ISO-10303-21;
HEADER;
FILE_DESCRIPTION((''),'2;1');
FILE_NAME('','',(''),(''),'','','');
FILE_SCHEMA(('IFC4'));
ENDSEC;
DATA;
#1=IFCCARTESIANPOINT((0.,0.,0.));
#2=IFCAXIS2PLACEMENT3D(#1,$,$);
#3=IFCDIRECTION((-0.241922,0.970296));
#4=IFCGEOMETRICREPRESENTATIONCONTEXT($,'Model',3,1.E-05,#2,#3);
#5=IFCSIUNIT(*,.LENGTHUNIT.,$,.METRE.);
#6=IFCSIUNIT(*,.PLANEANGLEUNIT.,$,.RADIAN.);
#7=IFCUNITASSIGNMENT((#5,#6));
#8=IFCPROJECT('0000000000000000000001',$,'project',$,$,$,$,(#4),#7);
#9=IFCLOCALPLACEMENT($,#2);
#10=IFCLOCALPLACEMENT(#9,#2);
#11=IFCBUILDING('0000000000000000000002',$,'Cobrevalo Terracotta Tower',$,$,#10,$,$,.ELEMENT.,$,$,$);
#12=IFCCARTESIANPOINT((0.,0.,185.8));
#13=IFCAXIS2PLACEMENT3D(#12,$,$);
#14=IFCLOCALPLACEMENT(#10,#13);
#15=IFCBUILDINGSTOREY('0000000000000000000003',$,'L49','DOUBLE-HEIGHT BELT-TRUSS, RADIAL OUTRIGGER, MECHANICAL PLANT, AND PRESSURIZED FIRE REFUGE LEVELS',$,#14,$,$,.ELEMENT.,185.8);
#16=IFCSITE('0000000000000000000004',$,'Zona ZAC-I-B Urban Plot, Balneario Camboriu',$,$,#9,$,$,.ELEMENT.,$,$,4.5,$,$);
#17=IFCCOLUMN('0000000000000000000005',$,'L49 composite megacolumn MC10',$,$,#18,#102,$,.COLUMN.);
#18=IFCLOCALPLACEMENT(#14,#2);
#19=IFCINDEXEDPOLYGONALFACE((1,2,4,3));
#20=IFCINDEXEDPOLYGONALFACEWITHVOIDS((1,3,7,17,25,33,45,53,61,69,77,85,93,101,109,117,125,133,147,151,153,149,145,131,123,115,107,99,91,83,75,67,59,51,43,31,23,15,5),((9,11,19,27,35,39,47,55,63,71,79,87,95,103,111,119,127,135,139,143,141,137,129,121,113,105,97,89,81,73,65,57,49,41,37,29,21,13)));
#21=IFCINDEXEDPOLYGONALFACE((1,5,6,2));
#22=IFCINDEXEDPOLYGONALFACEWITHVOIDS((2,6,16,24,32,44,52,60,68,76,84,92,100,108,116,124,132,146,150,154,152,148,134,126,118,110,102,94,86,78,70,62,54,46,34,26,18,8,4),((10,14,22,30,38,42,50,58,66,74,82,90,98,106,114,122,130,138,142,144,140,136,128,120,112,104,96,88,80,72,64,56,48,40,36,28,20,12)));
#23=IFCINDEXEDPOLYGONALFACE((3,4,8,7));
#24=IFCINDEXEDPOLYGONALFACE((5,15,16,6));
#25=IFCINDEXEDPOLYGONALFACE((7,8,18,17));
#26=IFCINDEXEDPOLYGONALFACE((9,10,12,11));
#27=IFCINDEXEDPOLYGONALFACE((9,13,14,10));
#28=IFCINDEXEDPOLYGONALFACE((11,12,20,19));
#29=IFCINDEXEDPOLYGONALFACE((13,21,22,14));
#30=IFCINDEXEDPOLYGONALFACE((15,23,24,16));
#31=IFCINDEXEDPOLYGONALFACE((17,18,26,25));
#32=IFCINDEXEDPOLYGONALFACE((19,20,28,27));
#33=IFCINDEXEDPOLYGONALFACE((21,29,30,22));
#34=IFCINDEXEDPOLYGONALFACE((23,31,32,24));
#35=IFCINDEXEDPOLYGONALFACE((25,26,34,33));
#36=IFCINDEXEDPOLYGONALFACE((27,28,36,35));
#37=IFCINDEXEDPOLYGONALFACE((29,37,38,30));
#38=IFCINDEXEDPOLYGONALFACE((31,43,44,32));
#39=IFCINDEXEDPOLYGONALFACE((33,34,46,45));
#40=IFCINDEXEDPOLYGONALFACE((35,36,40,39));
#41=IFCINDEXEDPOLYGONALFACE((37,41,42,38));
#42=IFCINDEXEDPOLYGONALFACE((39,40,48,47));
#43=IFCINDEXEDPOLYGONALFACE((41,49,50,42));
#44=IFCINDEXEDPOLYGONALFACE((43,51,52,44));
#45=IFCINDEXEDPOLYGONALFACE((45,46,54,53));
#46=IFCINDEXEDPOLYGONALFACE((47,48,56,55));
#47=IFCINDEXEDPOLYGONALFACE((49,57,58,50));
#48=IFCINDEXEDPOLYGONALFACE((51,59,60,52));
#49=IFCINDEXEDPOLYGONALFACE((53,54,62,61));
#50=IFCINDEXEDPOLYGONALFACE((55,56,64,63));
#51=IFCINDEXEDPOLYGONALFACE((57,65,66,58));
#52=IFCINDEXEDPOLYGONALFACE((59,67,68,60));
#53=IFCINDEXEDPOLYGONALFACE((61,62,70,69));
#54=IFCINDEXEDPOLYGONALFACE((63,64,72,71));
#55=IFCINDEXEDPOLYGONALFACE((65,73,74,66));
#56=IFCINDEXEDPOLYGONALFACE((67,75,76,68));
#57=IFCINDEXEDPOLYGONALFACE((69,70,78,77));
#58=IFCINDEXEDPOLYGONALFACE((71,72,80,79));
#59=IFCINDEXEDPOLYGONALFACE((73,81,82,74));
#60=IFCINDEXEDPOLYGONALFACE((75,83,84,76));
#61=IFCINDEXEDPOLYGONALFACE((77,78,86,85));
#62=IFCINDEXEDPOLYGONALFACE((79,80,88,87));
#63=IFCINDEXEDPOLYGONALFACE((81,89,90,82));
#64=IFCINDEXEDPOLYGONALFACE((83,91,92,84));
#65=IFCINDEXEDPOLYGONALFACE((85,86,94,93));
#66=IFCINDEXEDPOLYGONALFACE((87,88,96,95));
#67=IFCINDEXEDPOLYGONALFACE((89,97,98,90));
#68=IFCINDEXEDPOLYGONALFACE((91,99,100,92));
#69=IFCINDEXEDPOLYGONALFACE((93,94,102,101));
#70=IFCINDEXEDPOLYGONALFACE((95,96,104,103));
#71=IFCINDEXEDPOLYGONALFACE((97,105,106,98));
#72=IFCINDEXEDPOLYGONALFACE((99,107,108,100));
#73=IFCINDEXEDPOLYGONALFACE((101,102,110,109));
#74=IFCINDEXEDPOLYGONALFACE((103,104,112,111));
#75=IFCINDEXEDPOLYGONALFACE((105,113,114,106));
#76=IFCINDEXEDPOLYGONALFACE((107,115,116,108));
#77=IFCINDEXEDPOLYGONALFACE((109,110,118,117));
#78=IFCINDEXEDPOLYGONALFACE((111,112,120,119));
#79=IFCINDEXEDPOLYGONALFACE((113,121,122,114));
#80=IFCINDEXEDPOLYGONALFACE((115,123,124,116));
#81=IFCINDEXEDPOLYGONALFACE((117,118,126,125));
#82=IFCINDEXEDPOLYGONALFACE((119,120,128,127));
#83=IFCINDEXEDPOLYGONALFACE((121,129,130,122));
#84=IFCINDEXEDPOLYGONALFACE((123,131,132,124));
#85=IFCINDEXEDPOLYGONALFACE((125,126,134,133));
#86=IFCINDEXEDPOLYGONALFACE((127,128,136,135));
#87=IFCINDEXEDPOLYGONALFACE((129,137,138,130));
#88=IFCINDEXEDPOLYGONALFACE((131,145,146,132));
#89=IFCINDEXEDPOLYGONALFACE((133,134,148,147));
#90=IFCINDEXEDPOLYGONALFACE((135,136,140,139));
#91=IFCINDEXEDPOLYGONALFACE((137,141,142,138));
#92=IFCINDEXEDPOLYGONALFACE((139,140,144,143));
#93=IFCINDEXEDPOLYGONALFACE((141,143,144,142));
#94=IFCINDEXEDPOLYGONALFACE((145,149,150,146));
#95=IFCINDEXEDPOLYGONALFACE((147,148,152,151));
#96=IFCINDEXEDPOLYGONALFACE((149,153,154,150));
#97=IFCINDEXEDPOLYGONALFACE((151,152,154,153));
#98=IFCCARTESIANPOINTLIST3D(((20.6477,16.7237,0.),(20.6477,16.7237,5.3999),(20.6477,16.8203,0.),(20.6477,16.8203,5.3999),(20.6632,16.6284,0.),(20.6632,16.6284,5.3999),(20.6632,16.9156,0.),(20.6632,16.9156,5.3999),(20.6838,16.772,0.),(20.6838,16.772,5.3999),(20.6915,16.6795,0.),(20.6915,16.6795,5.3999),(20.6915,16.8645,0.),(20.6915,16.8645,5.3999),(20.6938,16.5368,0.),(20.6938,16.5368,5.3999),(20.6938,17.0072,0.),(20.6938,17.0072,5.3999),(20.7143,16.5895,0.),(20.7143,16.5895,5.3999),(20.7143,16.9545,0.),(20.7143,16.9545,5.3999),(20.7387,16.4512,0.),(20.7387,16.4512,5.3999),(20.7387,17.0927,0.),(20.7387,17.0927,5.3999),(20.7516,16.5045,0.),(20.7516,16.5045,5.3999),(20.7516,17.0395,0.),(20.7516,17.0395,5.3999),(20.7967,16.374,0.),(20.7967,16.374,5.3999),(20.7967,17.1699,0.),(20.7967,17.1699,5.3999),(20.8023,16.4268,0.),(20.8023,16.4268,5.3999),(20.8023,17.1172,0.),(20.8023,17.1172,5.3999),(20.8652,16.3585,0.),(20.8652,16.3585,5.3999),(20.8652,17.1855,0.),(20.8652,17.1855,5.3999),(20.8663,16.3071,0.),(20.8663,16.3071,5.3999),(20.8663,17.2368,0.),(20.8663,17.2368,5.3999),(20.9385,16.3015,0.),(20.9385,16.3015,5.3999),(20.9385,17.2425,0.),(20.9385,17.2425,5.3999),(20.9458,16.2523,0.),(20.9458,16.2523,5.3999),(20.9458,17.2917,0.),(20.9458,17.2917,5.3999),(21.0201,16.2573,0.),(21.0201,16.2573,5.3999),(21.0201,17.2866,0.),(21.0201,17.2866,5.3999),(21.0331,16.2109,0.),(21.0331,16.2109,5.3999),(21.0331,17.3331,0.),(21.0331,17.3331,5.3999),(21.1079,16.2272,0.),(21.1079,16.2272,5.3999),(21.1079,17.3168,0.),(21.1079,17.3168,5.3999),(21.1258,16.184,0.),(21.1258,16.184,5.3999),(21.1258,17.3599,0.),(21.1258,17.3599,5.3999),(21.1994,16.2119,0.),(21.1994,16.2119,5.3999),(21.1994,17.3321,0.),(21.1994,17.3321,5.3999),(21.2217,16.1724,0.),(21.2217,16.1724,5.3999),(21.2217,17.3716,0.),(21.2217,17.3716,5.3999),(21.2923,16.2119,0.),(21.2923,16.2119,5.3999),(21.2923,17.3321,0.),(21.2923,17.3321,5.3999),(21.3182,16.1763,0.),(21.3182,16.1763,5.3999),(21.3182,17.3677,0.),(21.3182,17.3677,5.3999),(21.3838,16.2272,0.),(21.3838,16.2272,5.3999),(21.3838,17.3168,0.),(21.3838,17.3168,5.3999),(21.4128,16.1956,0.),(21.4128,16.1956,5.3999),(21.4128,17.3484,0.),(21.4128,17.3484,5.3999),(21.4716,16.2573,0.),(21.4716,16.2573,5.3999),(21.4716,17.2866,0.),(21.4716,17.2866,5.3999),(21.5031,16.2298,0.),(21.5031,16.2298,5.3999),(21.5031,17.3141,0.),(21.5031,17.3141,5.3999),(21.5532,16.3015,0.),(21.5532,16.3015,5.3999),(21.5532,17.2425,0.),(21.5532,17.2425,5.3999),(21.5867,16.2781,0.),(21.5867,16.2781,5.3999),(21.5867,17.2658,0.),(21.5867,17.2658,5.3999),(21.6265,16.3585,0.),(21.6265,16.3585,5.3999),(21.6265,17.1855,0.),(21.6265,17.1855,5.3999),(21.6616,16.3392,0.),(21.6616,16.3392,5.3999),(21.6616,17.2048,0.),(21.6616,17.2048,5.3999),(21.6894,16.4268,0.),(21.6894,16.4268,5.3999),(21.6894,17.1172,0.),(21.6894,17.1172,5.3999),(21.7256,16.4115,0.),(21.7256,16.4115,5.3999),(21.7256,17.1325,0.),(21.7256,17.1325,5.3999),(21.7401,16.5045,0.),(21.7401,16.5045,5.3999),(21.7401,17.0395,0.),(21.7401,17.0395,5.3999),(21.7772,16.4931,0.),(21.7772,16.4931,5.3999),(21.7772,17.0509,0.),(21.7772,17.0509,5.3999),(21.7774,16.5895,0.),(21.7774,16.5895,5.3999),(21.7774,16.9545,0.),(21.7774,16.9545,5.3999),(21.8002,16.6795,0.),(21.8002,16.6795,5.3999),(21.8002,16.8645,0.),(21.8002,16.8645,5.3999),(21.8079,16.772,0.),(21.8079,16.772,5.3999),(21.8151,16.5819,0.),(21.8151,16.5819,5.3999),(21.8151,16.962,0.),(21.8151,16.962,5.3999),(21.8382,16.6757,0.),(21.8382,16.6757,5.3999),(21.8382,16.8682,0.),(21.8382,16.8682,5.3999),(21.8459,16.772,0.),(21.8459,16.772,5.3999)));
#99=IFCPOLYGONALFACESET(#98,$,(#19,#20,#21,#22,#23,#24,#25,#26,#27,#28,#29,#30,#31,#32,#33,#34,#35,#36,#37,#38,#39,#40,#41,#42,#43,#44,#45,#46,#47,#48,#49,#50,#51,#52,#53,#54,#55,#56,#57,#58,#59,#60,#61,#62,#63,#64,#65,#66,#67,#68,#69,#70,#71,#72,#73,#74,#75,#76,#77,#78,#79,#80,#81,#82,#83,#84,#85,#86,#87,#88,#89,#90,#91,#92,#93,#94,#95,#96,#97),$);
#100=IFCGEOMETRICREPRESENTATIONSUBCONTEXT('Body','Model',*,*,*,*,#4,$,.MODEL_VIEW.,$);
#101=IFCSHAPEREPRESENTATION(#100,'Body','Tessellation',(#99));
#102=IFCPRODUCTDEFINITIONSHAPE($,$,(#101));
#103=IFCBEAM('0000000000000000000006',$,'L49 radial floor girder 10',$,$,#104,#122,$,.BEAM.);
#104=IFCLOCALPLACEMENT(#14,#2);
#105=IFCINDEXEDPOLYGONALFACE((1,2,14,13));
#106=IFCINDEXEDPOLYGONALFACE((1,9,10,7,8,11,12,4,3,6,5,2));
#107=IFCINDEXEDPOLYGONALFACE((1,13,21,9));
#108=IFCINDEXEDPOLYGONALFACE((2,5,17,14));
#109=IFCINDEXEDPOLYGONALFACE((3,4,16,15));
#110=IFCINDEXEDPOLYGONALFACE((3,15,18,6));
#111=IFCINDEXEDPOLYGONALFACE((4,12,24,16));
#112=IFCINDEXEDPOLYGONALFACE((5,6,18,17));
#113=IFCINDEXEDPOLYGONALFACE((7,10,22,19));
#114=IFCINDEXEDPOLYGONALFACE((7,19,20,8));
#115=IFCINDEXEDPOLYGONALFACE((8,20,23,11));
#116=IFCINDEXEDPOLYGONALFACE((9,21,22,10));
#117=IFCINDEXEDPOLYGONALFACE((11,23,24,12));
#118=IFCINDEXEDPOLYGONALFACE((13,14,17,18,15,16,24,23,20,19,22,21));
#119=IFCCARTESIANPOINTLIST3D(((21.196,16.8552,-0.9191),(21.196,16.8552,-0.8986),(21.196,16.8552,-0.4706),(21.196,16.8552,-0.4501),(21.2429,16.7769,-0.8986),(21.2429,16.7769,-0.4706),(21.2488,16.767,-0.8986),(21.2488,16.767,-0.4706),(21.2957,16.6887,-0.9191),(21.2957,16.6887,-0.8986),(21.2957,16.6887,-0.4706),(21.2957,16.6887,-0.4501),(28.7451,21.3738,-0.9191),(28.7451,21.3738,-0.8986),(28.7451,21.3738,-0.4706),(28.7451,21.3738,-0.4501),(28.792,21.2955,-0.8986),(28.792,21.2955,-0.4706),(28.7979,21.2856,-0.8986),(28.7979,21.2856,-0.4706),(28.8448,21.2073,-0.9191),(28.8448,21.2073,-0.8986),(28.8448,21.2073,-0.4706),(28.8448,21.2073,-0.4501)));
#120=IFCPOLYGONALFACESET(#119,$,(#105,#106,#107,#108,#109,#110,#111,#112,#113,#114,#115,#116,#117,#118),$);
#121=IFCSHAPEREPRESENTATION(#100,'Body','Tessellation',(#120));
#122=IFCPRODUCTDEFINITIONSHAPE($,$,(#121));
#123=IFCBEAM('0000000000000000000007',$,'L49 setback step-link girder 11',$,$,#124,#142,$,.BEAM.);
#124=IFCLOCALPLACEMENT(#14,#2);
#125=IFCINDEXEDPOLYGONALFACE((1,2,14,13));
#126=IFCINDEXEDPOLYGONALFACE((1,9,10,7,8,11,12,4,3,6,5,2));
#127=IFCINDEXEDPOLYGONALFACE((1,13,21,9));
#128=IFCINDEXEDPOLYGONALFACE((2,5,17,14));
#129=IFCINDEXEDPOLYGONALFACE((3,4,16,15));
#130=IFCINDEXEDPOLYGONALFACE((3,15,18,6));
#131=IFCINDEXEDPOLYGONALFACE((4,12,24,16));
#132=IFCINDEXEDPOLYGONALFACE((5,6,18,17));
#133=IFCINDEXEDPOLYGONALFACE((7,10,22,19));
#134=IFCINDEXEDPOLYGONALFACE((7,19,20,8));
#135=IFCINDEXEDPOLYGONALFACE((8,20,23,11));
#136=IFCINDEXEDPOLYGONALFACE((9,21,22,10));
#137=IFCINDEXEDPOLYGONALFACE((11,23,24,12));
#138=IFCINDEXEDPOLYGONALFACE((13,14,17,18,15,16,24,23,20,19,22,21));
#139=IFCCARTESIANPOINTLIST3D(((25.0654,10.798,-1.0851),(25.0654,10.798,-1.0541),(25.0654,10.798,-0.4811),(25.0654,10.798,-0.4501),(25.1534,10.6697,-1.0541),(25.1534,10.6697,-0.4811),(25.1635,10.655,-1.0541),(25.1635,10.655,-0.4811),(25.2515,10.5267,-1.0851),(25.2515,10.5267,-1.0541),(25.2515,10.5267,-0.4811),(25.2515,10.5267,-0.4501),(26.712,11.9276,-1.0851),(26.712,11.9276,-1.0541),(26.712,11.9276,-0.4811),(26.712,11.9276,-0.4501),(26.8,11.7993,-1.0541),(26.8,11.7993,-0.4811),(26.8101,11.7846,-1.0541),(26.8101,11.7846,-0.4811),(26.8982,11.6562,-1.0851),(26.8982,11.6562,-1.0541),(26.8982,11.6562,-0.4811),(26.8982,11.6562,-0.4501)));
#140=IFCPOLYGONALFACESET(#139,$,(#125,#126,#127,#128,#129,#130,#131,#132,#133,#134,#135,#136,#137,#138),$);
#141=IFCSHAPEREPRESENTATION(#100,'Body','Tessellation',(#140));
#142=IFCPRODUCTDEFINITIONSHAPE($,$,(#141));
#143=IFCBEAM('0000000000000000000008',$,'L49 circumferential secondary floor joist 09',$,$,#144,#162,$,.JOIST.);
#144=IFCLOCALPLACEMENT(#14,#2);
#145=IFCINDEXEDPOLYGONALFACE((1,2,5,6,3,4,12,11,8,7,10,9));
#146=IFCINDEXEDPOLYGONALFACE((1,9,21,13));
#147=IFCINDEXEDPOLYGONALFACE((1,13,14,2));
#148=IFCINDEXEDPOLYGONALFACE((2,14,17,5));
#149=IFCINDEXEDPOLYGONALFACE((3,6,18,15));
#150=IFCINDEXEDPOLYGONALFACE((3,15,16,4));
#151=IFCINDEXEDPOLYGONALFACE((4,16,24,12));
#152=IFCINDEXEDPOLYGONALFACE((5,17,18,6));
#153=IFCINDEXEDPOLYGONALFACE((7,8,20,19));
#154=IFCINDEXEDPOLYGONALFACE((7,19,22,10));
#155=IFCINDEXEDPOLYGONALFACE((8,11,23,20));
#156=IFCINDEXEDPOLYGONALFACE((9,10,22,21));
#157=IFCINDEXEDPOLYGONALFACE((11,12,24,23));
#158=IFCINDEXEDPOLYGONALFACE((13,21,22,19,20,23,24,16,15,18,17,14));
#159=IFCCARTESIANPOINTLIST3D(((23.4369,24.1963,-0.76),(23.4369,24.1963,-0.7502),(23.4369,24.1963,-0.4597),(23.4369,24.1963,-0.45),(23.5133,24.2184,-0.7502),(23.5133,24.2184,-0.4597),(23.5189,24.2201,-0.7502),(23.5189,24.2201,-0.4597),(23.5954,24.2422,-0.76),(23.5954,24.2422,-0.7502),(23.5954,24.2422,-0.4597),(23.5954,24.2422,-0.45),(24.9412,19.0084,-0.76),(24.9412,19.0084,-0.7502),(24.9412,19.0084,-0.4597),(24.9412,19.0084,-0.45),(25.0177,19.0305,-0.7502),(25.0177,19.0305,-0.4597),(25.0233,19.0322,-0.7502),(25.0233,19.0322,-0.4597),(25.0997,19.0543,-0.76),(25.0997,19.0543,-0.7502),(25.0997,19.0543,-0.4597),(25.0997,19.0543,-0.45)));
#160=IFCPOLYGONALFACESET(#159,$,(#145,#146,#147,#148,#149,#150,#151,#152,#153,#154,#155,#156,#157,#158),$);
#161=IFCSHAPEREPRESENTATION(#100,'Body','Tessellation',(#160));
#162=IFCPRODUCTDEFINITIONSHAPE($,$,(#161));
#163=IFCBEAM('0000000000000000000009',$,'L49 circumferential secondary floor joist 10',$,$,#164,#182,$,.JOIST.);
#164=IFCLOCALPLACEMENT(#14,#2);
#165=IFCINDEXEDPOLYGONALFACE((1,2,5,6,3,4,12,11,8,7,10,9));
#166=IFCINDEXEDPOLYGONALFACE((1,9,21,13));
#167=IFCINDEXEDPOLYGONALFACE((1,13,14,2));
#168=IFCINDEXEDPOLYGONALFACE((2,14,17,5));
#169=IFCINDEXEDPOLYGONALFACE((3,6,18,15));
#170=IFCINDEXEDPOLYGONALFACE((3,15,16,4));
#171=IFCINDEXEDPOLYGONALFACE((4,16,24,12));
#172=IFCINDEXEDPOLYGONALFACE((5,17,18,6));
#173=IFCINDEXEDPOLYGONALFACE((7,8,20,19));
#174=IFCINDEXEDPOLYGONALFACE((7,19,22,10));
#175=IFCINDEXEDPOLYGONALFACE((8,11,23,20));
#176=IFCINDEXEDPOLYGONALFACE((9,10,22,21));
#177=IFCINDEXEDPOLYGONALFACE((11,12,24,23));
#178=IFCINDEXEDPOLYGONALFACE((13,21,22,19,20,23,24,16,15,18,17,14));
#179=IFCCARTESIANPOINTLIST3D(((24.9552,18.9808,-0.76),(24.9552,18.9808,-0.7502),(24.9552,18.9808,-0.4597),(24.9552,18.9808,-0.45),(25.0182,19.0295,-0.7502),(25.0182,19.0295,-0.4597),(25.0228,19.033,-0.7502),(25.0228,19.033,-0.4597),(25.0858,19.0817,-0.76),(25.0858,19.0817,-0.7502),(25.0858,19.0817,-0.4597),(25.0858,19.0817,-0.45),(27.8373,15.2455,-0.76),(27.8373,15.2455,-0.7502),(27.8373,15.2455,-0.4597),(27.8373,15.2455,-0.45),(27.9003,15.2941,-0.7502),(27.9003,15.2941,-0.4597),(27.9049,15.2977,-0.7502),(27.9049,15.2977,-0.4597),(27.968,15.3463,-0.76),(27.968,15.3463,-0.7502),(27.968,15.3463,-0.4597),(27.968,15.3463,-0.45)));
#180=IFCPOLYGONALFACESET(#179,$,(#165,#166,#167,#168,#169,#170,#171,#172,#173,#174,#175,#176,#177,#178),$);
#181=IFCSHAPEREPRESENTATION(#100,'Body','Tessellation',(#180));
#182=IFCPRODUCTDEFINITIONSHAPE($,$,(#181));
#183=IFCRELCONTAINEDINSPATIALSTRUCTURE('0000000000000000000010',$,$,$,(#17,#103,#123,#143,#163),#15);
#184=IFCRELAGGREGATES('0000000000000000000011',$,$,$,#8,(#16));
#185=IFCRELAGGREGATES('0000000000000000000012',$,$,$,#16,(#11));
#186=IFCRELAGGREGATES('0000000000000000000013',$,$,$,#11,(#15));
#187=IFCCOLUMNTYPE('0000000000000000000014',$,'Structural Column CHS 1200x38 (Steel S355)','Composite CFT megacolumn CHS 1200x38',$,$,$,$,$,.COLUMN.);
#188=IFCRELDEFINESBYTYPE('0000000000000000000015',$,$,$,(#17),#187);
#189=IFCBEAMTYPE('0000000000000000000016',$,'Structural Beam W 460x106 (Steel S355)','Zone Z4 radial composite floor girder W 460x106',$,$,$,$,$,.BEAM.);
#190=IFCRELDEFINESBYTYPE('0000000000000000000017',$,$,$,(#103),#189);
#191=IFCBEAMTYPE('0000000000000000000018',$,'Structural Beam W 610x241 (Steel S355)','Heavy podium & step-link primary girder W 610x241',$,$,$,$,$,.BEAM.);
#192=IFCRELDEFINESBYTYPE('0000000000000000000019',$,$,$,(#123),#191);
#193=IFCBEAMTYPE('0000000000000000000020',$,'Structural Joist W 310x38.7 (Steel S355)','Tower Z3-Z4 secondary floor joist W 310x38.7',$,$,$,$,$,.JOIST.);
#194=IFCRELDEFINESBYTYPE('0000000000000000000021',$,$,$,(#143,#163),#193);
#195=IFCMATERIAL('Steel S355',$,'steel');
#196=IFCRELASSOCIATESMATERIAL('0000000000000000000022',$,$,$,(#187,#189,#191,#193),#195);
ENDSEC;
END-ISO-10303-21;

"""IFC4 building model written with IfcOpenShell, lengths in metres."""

from ifc_helpers import new_model, si_unit, direction, frame, origin, origin_2d, place, context, subcontext, project, spatial, hollow_circle, i_section, extrude, material, material_profile, profile_set, type_object, element, save


model = new_model("IFC4")

# Units and contexts
model_context = context("Model", 3, precision=1e-05, world=origin(), true_north=direction((-0.241922, 0.970296)))
body_context = subcontext(model_context, "Body", "Model", "MODEL_VIEW")
ifc_project = project(units=[si_unit("LENGTHUNIT", "METRE"), si_unit("PLANEANGLEUNIT", "RADIAN")], contexts=[model_context])

# Site, building, storey
site_placement = place(None, origin())
site = spatial("IfcSite", under=ifc_project, at=site_placement, Name="Zona ZAC-I-B Urban Plot, Balneario Camboriu", CompositionType="ELEMENT", RefElevation=4.5)
building_placement = place(site_placement, origin())
building = spatial("IfcBuilding", under=site, at=building_placement, Name="Cobrevalo Terracotta Tower", CompositionType="ELEMENT")
storey_placement = place(building_placement, frame((0.0, 0.0, 185.8)))
storey = spatial("IfcBuildingStorey", under=building, at=storey_placement, Name="L49", Description="DOUBLE-HEIGHT BELT-TRUSS, RADIAL OUTRIGGER, MECHANICAL PLANT, AND PRESSURIZED FIRE REFUGE LEVELS", CompositionType="ELEMENT", Elevation=185.8)

# Column
ifc_material_1 = material(Name="Steel S355", Category="steel")
ifc_material_profile_1 = material_profile(ifc_material_1, hollow_circle(Radius=0.6001, WallThickness=0.0381, at=origin_2d()), Name="CHS 1200x38")
ifc_profile_set_1 = profile_set([ifc_material_profile_1], Name="Steel S355")
column_type = type_object("IfcColumnType", Name="Structural Column CHS 1200x38 (Steel S355)", Description="Composite CFT megacolumn CHS 1200x38", PredefinedType="COLUMN", material=ifc_profile_set_1)
column_placement = place(storey_placement, frame((21.2458, 16.772, 0.0), z_axis=(0.0, 0.0, 1.0), x_axis=(1.0, 0.0, 0.0)))
element("IfcColumn", 1, at=column_placement, inside=storey, type_object=column_type, Name="L49 composite megacolumn MC10", PredefinedType="COLUMN", context=body_context, shape_type="SweptSolid", body=[
    extrude(hollow_circle(Radius=0.6001, WallThickness=0.0381, at=origin_2d()), origin(), (0.0, 0.0, 1.0), 5.3999),
])

# Beams
ifc_material_profile_2 = material_profile(ifc_material_1, i_section(OverallWidth=0.1941, OverallDepth=0.469, WebThickness=0.0115, FlangeThickness=0.0205, at=origin_2d()), Name="W 460x106")
ifc_profile_set_2 = profile_set([ifc_material_profile_2], Name="Steel S355")
beam_type_1 = type_object("IfcBeamType", Name="Structural Beam W 460x106 (Steel S355)", Description="Zone Z4 radial composite floor girder W 460x106", PredefinedType="BEAM", material=ifc_profile_set_2)
beam_1_placement = place(storey_placement, frame((21.2458, 16.772, -0.6846), z_axis=(0.858038, 0.513585, 0.0), x_axis=(-0.513585, 0.858038, 0.0)))
element("IfcBeam", 2, at=beam_1_placement, inside=storey, type_object=beam_type_1, Name="L49 radial floor girder 10", PredefinedType="BEAM", context=body_context, shape_type="SweptSolid", body=[
    extrude(i_section(OverallWidth=0.1941, OverallDepth=0.469, WebThickness=0.0115, FlangeThickness=0.0205, at=origin_2d()), origin(), (0.0, 0.0, 1.0), 8.7981),
])
ifc_material_profile_3 = material_profile(ifc_material_1, i_section(OverallWidth=0.3291, OverallDepth=0.635, WebThickness=0.0178, FlangeThickness=0.031, at=origin_2d()), Name="W 610x241")
ifc_profile_set_3 = profile_set([ifc_material_profile_3], Name="Steel S355")
beam_type_2 = type_object("IfcBeamType", Name="Structural Beam W 610x241 (Steel S355)", Description="Heavy podium & step-link primary girder W 610x241", PredefinedType="BEAM", material=ifc_profile_set_3)
beam_2_placement = place(storey_placement, frame((25.1584, 10.6624, -0.7676), z_axis=(0.824623, 0.565683, 0.0), x_axis=(-0.565683, 0.824623, 0.0)))
element("IfcBeam", 3, at=beam_2_placement, inside=storey, type_object=beam_type_2, Name="L49 setback step-link girder 11", PredefinedType="BEAM", context=body_context, shape_type="SweptSolid", body=[
    extrude(i_section(OverallWidth=0.3291, OverallDepth=0.635, WebThickness=0.0178, FlangeThickness=0.031, at=origin_2d()), origin(), (0.0, 0.0, 1.0), 1.9968),
])
ifc_material_profile_4 = material_profile(ifc_material_1, i_section(OverallWidth=0.165, OverallDepth=0.3101, WebThickness=0.0059, FlangeThickness=0.0098, at=origin_2d()), Name="W 310x38.7")
ifc_profile_set_4 = profile_set([ifc_material_profile_4], Name="Steel S355")
beam_type_3 = type_object("IfcBeamType", Name="Structural Joist W 310x38.7 (Steel S355)", Description="Tower Z3-Z4 secondary floor joist W 310x38.7", PredefinedType="JOIST", material=ifc_profile_set_4)
beam_3_placement = place(storey_placement, frame((23.5161, 24.2192, -0.605), z_axis=(0.278504, -0.960435, 0.0), x_axis=(0.960435, 0.278504, 0.0)))
element("IfcBeam", 4, at=beam_3_placement, inside=storey, type_object=beam_type_3, Name="L49 circumferential secondary floor joist 09", PredefinedType="JOIST", context=body_context, shape_type="SweptSolid", body=[
    extrude(i_section(OverallWidth=0.165, OverallDepth=0.3101, WebThickness=0.0059, FlangeThickness=0.0098, at=origin_2d()), origin(), (0.0, 0.0, 1.0), 5.4016),
])
beam_4_placement = place(storey_placement, frame((25.0205, 19.0312, -0.605), z_axis=(0.610873, -0.791729, 0.0), x_axis=(0.791729, 0.610873, 0.0)))
element("IfcBeam", 5, at=beam_4_placement, inside=storey, type_object=beam_type_3, Name="L49 circumferential secondary floor joist 10", PredefinedType="JOIST", context=body_context, shape_type="SweptSolid", body=[
    extrude(i_section(OverallWidth=0.165, OverallDepth=0.3101, WebThickness=0.0059, FlangeThickness=0.0098, at=origin_2d()), origin(), (0.0, 0.0, 1.0), 4.718),
])

save(model, "model.ifc")
